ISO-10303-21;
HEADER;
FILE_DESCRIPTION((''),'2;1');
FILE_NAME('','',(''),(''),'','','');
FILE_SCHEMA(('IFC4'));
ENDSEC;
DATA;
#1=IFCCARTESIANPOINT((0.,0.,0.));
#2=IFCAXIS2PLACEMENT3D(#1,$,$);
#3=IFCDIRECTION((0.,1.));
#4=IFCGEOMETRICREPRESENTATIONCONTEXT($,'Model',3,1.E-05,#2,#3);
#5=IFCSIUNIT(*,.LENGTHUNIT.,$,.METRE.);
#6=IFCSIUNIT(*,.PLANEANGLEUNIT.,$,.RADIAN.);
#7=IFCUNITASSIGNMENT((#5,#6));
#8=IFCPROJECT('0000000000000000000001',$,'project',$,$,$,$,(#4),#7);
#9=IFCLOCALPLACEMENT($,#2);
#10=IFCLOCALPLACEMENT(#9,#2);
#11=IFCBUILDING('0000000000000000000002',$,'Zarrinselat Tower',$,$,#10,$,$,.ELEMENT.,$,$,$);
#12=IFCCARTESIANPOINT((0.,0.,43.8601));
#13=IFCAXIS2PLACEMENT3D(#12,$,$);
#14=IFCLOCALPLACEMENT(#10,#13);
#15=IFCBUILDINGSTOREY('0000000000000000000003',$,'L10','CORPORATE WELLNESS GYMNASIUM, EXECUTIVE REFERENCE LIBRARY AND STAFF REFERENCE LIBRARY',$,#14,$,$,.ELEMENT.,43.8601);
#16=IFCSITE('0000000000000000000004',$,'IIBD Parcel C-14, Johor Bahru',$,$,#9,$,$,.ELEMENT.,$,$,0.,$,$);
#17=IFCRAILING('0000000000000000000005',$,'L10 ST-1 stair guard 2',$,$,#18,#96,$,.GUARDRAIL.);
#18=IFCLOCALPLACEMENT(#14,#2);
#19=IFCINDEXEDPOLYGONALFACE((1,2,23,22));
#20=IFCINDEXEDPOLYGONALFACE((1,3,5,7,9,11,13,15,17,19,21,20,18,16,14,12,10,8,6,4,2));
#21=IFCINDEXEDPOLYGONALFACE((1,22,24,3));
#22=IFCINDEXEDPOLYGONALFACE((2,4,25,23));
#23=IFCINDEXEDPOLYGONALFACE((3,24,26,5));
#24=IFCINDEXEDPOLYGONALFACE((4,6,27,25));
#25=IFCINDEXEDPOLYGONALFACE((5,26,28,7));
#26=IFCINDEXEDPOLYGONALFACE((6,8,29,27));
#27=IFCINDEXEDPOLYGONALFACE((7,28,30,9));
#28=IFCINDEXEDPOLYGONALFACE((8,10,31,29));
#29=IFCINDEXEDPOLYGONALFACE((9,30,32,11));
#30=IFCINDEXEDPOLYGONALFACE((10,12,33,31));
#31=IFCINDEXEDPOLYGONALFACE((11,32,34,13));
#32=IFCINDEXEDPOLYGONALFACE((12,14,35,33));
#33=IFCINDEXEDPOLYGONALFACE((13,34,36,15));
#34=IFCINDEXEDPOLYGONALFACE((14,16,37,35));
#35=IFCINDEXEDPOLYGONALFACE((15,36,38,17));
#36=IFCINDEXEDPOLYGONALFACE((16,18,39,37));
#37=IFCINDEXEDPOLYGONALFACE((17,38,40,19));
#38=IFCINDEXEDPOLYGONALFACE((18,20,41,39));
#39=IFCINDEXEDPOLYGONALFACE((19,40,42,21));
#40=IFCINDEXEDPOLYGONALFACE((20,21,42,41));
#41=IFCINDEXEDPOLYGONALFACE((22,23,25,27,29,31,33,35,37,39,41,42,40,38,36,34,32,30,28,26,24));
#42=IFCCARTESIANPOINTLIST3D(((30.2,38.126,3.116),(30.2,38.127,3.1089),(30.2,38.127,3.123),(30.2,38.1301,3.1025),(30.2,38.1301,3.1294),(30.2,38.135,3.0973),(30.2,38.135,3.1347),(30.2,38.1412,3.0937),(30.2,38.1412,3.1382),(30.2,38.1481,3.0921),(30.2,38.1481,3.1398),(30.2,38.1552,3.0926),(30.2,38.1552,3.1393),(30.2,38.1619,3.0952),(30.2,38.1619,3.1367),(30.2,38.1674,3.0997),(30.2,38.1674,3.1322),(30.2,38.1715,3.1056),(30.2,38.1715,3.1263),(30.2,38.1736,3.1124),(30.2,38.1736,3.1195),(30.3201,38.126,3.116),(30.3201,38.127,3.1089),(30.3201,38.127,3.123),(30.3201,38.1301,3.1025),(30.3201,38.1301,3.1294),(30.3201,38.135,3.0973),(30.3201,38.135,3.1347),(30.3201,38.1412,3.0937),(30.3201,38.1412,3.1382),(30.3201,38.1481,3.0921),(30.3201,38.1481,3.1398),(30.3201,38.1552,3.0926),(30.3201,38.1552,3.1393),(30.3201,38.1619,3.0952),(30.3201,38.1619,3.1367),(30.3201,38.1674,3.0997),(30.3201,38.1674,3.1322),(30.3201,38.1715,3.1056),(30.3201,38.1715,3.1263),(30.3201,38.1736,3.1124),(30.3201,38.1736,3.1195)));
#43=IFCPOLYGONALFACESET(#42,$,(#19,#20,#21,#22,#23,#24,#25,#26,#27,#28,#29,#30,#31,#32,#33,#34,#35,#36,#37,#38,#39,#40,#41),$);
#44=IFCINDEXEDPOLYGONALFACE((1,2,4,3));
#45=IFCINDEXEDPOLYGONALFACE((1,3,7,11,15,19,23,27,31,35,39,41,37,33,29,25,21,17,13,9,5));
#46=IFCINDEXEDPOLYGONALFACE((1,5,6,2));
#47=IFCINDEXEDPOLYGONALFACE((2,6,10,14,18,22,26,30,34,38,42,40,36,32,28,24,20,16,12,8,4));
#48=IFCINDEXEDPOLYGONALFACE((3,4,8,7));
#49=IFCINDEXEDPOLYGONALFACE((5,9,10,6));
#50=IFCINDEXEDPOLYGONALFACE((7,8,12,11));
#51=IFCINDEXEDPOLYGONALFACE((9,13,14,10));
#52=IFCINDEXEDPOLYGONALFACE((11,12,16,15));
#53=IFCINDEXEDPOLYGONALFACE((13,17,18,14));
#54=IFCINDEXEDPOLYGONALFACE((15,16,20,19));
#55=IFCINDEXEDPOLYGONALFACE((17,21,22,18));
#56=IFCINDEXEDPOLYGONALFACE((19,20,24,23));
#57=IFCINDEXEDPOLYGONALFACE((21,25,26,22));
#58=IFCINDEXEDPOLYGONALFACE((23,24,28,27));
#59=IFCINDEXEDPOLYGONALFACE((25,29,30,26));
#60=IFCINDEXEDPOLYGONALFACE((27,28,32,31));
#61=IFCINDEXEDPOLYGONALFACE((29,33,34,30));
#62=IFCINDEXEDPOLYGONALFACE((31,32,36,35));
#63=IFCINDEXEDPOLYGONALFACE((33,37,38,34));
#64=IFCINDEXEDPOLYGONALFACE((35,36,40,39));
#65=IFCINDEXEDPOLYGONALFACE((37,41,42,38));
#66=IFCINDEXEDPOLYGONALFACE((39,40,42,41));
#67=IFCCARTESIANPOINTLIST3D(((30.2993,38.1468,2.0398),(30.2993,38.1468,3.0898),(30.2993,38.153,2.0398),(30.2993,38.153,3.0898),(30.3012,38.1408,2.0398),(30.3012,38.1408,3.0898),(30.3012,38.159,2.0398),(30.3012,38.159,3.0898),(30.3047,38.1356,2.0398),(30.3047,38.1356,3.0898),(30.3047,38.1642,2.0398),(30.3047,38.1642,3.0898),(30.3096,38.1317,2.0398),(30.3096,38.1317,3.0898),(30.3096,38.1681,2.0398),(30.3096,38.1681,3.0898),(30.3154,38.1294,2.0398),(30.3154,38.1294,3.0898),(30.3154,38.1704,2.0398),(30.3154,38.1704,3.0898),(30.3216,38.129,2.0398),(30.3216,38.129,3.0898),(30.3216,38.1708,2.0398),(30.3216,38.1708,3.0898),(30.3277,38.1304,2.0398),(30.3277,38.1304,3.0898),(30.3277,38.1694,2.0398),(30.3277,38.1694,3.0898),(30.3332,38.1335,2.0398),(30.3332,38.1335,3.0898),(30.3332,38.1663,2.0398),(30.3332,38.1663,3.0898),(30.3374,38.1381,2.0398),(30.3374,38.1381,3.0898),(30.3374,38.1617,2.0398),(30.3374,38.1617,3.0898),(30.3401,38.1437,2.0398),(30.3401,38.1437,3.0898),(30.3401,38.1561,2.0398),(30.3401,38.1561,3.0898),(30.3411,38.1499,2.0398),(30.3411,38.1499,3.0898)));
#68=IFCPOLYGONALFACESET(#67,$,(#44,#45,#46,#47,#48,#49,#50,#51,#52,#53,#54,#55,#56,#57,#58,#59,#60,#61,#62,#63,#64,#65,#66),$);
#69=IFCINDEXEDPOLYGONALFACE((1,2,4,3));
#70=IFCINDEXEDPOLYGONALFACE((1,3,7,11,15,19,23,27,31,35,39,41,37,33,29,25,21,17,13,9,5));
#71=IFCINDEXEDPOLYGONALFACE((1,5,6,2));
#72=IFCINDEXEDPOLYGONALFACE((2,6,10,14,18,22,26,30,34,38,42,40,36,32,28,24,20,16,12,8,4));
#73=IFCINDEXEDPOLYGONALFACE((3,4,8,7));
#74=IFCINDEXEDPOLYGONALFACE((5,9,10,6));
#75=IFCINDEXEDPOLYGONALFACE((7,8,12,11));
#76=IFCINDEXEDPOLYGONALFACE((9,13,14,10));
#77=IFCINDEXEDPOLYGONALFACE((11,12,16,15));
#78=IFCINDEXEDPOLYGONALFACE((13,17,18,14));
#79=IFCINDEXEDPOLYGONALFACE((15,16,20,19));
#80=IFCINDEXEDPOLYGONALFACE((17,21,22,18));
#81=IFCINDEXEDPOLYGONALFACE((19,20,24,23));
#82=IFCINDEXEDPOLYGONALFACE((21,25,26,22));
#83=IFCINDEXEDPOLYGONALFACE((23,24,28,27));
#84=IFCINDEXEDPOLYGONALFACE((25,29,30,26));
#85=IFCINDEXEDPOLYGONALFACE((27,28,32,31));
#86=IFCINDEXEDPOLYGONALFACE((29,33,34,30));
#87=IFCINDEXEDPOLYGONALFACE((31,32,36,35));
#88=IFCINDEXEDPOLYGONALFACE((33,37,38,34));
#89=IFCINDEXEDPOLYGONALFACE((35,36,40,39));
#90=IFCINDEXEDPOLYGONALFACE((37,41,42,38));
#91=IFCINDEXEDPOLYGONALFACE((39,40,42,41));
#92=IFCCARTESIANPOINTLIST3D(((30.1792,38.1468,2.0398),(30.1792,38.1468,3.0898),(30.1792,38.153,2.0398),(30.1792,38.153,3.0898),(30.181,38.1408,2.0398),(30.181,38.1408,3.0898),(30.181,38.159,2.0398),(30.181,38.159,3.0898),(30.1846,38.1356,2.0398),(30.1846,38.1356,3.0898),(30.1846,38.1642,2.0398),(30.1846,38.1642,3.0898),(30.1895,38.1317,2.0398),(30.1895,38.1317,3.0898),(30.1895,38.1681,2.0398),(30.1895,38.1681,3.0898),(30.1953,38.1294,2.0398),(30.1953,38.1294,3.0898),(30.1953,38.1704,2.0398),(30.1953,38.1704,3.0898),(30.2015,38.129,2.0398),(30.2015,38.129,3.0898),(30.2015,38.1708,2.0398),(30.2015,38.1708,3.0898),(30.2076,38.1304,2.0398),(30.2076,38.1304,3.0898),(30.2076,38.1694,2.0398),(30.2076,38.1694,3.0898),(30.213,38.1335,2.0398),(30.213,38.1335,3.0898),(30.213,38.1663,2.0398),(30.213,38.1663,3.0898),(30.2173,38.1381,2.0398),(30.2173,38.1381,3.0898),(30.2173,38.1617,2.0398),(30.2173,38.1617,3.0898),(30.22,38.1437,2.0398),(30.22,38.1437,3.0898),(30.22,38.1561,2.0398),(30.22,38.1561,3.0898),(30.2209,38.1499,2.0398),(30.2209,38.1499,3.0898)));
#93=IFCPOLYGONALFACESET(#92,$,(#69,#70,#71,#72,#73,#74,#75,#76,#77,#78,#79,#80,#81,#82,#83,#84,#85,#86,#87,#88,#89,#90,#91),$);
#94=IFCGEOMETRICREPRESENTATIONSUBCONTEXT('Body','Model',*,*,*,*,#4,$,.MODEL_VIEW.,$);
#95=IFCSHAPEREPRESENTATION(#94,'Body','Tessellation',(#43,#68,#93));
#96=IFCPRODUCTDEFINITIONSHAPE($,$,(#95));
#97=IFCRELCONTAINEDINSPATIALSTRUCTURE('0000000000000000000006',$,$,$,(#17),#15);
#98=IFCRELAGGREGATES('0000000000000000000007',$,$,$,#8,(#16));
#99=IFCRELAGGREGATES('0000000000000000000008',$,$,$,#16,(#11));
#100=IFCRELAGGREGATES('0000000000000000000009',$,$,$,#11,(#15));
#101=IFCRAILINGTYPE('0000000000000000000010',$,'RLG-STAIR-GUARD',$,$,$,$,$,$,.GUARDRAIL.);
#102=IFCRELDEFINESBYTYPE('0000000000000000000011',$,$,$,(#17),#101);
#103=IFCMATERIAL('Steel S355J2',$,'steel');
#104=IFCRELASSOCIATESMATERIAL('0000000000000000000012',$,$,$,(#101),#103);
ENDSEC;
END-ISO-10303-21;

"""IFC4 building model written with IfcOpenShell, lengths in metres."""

from ifc_helpers import new_model, si_unit, direction, frame, origin, origin_2d, place, context, subcontext, project, spatial, circle, extrude, material, type_object, element, save


model = new_model("IFC4")

# Units and contexts
model_context = context("Model", 3, precision=1e-05, world=origin(), true_north=direction((0.0, 1.0)))
body_context = subcontext(model_context, "Body", "Model", "MODEL_VIEW")
ifc_project = project(units=[si_unit("LENGTHUNIT", "METRE"), si_unit("PLANEANGLEUNIT", "RADIAN")], contexts=[model_context])

# Site, building, storey
site_placement = place(None, origin())
site = spatial("IfcSite", under=ifc_project, at=site_placement, Name="IIBD Parcel C-14, Johor Bahru", CompositionType="ELEMENT", RefElevation=0.0)
building_placement = place(site_placement, origin())
building = spatial("IfcBuilding", under=site, at=building_placement, Name="Zarrinselat Tower", CompositionType="ELEMENT")
storey_placement = place(building_placement, frame((0.0, 0.0, 43.8601)))
storey = spatial("IfcBuildingStorey", under=building, at=storey_placement, Name="L10", Description="CORPORATE WELLNESS GYMNASIUM, EXECUTIVE REFERENCE LIBRARY AND STAFF REFERENCE LIBRARY", CompositionType="ELEMENT", Elevation=43.8601)

# Railing
ifc_material_1 = material(Name="Steel S355J2", Category="steel")
railing_type_1 = type_object("IfcRailingType", Name="RLG-STAIR-GUARD", PredefinedType="GUARDRAIL", material=ifc_material_1)
railing_1_placement = place(storey_placement, frame((30.3201, 38.1499, 2.0398)))
element("IfcRailing", 1, at=railing_1_placement, inside=storey, type_object=railing_type_1, Name="L10 ST-1 stair guard 2", PredefinedType="GUARDRAIL", context=body_context, shape_type="SweptSolid", body=[
    extrude(circle(Radius=0.0239, at=origin_2d()), frame((0.0, 0.0, 1.0762), z_axis=(-1.0, 0.0, 0.0), x_axis=(0.0, -1.0, 0.0)), (0.0, 0.0, 1.0), 0.1201),
    extrude(circle(Radius=0.021, at=origin_2d()), origin(), (0.0, 0.0, 1.0), 1.05),
    extrude(circle(Radius=0.021, at=origin_2d()), frame((-0.1201, 0.0, 0.0)), (0.0, 0.0, 1.0), 1.05),
])

save(model, "model.ifc")
